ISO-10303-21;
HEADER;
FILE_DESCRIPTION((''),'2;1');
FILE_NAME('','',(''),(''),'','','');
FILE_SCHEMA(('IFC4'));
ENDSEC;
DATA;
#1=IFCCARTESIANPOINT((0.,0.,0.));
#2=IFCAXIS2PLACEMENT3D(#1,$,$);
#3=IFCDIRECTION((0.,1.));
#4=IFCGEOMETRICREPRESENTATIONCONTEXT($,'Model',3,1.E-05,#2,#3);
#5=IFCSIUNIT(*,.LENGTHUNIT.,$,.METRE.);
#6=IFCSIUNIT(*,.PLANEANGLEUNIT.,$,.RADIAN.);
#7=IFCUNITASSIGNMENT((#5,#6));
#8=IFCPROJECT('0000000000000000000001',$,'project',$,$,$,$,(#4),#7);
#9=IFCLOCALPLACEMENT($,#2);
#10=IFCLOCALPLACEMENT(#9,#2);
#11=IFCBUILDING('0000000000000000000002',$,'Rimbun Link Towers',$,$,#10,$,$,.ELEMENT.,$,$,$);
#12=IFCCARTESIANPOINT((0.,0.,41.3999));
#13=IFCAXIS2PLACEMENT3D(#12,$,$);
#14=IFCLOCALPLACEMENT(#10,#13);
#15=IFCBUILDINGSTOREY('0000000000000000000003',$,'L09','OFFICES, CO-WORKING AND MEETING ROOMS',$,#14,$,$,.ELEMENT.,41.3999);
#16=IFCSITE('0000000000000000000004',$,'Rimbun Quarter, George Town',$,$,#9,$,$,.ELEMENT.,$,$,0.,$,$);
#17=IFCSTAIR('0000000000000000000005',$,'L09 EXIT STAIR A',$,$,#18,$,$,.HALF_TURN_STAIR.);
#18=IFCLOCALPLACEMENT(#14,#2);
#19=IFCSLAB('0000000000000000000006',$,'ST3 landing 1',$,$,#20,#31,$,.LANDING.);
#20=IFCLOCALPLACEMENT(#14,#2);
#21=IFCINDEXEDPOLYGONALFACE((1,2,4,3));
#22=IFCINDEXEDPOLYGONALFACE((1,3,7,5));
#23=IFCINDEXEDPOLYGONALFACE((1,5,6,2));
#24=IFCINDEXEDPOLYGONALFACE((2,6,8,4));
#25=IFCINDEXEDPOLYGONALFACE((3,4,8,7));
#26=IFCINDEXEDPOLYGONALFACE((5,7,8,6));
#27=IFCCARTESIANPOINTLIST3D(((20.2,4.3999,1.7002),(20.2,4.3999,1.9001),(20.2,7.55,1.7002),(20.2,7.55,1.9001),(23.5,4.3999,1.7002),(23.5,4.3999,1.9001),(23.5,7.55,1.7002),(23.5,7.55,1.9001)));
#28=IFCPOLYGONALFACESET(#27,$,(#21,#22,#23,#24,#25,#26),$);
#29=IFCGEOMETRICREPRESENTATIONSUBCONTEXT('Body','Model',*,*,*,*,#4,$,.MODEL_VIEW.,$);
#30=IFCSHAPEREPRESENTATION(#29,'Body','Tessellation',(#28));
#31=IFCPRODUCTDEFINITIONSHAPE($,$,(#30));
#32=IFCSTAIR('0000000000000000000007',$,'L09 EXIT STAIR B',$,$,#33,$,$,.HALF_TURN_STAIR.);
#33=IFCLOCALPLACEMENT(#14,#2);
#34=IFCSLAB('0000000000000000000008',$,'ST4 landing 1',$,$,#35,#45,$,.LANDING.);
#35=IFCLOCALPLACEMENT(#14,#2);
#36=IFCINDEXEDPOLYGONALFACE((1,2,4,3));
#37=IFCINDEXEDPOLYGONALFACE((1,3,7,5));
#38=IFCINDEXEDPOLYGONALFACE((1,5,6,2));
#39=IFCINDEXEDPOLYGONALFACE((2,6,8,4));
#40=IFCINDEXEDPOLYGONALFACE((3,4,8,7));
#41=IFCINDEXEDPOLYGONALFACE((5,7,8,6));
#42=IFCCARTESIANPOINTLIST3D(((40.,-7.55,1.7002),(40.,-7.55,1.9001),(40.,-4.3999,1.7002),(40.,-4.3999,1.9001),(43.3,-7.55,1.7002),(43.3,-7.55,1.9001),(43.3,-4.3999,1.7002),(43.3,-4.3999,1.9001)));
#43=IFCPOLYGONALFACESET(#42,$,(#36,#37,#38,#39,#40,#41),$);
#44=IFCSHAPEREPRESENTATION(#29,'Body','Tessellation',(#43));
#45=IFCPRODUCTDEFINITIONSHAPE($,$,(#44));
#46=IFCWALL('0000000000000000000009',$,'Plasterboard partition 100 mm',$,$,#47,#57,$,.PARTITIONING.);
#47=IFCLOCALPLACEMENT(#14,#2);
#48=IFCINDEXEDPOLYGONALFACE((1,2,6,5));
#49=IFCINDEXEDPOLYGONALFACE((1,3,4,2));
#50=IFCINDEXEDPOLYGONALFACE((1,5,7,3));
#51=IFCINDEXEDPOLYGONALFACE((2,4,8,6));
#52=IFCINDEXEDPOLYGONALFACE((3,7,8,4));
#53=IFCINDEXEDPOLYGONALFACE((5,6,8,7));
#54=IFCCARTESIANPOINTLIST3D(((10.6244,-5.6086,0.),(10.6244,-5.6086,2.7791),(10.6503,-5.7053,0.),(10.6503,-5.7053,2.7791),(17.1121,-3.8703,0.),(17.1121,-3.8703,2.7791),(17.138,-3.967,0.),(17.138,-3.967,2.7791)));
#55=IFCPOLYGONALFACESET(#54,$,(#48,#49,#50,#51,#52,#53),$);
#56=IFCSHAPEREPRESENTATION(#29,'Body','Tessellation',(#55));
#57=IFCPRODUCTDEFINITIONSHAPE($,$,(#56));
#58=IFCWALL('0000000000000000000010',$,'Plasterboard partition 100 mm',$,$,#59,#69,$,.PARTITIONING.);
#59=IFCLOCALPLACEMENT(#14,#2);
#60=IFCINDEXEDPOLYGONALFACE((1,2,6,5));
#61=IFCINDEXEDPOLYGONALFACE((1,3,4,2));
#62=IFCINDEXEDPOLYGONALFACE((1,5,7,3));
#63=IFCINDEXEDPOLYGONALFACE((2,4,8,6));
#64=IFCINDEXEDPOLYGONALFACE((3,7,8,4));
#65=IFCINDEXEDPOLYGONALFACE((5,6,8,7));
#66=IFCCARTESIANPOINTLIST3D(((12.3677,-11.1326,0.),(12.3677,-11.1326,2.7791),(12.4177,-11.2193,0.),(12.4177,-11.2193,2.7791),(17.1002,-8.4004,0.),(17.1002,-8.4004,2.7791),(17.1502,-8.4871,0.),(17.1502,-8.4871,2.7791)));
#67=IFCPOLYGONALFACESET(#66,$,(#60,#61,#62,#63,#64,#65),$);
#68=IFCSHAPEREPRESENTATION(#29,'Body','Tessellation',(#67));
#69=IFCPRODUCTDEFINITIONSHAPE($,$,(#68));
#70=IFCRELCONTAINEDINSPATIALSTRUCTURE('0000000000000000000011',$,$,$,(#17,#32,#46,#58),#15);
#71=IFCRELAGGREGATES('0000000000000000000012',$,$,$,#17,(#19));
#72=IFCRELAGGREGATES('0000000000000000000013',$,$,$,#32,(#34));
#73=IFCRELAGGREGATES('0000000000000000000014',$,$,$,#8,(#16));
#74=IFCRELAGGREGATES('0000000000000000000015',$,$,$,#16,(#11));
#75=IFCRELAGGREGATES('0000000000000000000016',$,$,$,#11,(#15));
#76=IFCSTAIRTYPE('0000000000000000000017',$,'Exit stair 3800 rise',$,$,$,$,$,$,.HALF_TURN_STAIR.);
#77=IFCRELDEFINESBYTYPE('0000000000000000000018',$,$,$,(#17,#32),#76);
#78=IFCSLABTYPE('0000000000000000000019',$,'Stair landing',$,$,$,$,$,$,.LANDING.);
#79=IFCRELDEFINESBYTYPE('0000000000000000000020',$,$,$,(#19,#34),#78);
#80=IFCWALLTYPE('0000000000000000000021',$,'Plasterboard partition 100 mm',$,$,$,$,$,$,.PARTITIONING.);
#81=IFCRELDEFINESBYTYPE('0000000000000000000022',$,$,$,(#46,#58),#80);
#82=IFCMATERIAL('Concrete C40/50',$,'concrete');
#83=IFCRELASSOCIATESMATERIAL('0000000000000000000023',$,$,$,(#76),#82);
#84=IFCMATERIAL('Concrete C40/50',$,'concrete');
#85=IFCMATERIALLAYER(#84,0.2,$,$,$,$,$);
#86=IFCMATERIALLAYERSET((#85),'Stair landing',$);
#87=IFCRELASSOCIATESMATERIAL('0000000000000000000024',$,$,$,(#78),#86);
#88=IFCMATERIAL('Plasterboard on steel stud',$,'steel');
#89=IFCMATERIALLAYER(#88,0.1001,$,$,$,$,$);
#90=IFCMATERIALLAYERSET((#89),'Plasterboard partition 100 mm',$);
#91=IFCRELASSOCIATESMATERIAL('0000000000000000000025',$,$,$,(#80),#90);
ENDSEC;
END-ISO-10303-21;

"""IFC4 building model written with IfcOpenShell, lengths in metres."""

from ifc_helpers import new_model, si_unit, direction, frame, frame_2d, origin, place, context, subcontext, project, spatial, polyline, rectangle, outline, extrude, material, layer, layer_set, type_object, element, aggregate, save


model = new_model("IFC4")

# Units and contexts
model_context = context("Model", 3, precision=1e-05, world=origin(), true_north=direction((0.0, 1.0)))
body_context = subcontext(model_context, "Body", "Model", "MODEL_VIEW")
ifc_project = project(units=[si_unit("LENGTHUNIT", "METRE"), si_unit("PLANEANGLEUNIT", "RADIAN")], contexts=[model_context])

# Site, building, storey
site_placement = place(None, origin())
site = spatial("IfcSite", under=ifc_project, at=site_placement, Name="Rimbun Quarter, George Town", CompositionType="ELEMENT", RefElevation=0.0)
building_placement = place(site_placement, origin())
building = spatial("IfcBuilding", under=site, at=building_placement, Name="Rimbun Link Towers", CompositionType="ELEMENT")
storey_placement = place(building_placement, frame((0.0, 0.0, 41.3999)))
storey = spatial("IfcBuildingStorey", under=building, at=storey_placement, Name="L09", Description="OFFICES, CO-WORKING AND MEETING ROOMS", CompositionType="ELEMENT", Elevation=41.3999)

# Stairs, slabs
ifc_material_1 = material(Name="Concrete C40/50", Category="concrete")
stair_type = type_object("IfcStairType", Name="Exit stair 3800 rise", PredefinedType="HALF_TURN_STAIR", material=ifc_material_1)
ifc_material_2 = material(Name="Concrete C40/50", Category="concrete")
ifc_layer_1 = layer(ifc_material_2, 0.2)
ifc_layer_set_1 = layer_set([ifc_layer_1], Name="Stair landing")
slab_type_1 = type_object("IfcSlabType", Name="Stair landing", PredefinedType="LANDING", material=ifc_layer_set_1)
stair_1_placement = place(storey_placement, origin())
stair_1 = element("IfcStair", 1, at=stair_1_placement, inside=storey, type_object=stair_type, Name="L09 EXIT STAIR A", PredefinedType="HALF_TURN_STAIR")
slab_1_placement = place(storey_placement, frame((0.0, 0.0, 1.7002)))
slab_1 = element("IfcSlab", 2, at=slab_1_placement, type_object=slab_type_1, Name="ST3 landing 1", PredefinedType="LANDING", context=body_context, shape_type="SweptSolid", body=[
    extrude(outline(polyline([(23.5, 7.55), (20.2, 7.55), (20.2, 4.3999), (23.5, 4.3999), (23.5, 7.55)])), origin(), (0.0, 0.0, 1.0), 0.2),
])
aggregate(stair_1, [slab_1])
stair_2_placement = place(storey_placement, origin())
stair_2 = element("IfcStair", 3, at=stair_2_placement, inside=storey, type_object=stair_type, Name="L09 EXIT STAIR B", PredefinedType="HALF_TURN_STAIR")
slab_2_placement = place(storey_placement, frame((0.0, 0.0, 1.7002)))
slab_2 = element("IfcSlab", 4, at=slab_2_placement, type_object=slab_type_1, Name="ST4 landing 1", PredefinedType="LANDING", context=body_context, shape_type="SweptSolid", body=[
    extrude(outline(polyline([(40.0, -7.55), (43.3, -7.55), (43.3, -4.3999), (40.0, -4.3999), (40.0, -7.55)])), origin(), (0.0, 0.0, 1.0), 0.2),
])
aggregate(stair_2, [slab_2])

# Walls
ifc_material_3 = material(Name="Plasterboard on steel stud", Category="steel")
ifc_layer_2 = layer(ifc_material_3, 0.1001)
ifc_layer_set_2 = layer_set([ifc_layer_2], Name="Plasterboard partition 100 mm")
wall_type = type_object("IfcWallType", Name="Plasterboard partition 100 mm", PredefinedType="PARTITIONING", material=ifc_layer_set_2)
wall_1_placement = place(storey_placement, frame((10.6372, -5.657, 0.0), z_axis=(0.0, 0.0, 1.0), x_axis=(0.96593, 0.258803, 0.0)))
element("IfcWall", 5, at=wall_1_placement, inside=storey, type_object=wall_type, Name="Plasterboard partition 100 mm", PredefinedType="PARTITIONING", context=body_context, shape_type="SweptSolid", body=[
    extrude(rectangle(XDim=6.7166, YDim=0.1001, at=frame_2d((3.3584, 0.0))), origin(), (0.0, 0.0, 1.0), 2.7791),
])
wall_2_placement = place(storey_placement, frame((12.3926, -11.176, 0.0), z_axis=(0.0, 0.0, 1.0), x_axis=(0.866032, 0.499988, 0.0)))
element("IfcWall", 6, at=wall_2_placement, inside=storey, type_object=wall_type, Name="Plasterboard partition 100 mm", PredefinedType="PARTITIONING", context=body_context, shape_type="SweptSolid", body=[
    extrude(rectangle(XDim=5.4646, YDim=0.1001, at=frame_2d((2.7324, 0.0))), origin(), (0.0, 0.0, 1.0), 2.7791),
])

save(model, "model.ifc")
